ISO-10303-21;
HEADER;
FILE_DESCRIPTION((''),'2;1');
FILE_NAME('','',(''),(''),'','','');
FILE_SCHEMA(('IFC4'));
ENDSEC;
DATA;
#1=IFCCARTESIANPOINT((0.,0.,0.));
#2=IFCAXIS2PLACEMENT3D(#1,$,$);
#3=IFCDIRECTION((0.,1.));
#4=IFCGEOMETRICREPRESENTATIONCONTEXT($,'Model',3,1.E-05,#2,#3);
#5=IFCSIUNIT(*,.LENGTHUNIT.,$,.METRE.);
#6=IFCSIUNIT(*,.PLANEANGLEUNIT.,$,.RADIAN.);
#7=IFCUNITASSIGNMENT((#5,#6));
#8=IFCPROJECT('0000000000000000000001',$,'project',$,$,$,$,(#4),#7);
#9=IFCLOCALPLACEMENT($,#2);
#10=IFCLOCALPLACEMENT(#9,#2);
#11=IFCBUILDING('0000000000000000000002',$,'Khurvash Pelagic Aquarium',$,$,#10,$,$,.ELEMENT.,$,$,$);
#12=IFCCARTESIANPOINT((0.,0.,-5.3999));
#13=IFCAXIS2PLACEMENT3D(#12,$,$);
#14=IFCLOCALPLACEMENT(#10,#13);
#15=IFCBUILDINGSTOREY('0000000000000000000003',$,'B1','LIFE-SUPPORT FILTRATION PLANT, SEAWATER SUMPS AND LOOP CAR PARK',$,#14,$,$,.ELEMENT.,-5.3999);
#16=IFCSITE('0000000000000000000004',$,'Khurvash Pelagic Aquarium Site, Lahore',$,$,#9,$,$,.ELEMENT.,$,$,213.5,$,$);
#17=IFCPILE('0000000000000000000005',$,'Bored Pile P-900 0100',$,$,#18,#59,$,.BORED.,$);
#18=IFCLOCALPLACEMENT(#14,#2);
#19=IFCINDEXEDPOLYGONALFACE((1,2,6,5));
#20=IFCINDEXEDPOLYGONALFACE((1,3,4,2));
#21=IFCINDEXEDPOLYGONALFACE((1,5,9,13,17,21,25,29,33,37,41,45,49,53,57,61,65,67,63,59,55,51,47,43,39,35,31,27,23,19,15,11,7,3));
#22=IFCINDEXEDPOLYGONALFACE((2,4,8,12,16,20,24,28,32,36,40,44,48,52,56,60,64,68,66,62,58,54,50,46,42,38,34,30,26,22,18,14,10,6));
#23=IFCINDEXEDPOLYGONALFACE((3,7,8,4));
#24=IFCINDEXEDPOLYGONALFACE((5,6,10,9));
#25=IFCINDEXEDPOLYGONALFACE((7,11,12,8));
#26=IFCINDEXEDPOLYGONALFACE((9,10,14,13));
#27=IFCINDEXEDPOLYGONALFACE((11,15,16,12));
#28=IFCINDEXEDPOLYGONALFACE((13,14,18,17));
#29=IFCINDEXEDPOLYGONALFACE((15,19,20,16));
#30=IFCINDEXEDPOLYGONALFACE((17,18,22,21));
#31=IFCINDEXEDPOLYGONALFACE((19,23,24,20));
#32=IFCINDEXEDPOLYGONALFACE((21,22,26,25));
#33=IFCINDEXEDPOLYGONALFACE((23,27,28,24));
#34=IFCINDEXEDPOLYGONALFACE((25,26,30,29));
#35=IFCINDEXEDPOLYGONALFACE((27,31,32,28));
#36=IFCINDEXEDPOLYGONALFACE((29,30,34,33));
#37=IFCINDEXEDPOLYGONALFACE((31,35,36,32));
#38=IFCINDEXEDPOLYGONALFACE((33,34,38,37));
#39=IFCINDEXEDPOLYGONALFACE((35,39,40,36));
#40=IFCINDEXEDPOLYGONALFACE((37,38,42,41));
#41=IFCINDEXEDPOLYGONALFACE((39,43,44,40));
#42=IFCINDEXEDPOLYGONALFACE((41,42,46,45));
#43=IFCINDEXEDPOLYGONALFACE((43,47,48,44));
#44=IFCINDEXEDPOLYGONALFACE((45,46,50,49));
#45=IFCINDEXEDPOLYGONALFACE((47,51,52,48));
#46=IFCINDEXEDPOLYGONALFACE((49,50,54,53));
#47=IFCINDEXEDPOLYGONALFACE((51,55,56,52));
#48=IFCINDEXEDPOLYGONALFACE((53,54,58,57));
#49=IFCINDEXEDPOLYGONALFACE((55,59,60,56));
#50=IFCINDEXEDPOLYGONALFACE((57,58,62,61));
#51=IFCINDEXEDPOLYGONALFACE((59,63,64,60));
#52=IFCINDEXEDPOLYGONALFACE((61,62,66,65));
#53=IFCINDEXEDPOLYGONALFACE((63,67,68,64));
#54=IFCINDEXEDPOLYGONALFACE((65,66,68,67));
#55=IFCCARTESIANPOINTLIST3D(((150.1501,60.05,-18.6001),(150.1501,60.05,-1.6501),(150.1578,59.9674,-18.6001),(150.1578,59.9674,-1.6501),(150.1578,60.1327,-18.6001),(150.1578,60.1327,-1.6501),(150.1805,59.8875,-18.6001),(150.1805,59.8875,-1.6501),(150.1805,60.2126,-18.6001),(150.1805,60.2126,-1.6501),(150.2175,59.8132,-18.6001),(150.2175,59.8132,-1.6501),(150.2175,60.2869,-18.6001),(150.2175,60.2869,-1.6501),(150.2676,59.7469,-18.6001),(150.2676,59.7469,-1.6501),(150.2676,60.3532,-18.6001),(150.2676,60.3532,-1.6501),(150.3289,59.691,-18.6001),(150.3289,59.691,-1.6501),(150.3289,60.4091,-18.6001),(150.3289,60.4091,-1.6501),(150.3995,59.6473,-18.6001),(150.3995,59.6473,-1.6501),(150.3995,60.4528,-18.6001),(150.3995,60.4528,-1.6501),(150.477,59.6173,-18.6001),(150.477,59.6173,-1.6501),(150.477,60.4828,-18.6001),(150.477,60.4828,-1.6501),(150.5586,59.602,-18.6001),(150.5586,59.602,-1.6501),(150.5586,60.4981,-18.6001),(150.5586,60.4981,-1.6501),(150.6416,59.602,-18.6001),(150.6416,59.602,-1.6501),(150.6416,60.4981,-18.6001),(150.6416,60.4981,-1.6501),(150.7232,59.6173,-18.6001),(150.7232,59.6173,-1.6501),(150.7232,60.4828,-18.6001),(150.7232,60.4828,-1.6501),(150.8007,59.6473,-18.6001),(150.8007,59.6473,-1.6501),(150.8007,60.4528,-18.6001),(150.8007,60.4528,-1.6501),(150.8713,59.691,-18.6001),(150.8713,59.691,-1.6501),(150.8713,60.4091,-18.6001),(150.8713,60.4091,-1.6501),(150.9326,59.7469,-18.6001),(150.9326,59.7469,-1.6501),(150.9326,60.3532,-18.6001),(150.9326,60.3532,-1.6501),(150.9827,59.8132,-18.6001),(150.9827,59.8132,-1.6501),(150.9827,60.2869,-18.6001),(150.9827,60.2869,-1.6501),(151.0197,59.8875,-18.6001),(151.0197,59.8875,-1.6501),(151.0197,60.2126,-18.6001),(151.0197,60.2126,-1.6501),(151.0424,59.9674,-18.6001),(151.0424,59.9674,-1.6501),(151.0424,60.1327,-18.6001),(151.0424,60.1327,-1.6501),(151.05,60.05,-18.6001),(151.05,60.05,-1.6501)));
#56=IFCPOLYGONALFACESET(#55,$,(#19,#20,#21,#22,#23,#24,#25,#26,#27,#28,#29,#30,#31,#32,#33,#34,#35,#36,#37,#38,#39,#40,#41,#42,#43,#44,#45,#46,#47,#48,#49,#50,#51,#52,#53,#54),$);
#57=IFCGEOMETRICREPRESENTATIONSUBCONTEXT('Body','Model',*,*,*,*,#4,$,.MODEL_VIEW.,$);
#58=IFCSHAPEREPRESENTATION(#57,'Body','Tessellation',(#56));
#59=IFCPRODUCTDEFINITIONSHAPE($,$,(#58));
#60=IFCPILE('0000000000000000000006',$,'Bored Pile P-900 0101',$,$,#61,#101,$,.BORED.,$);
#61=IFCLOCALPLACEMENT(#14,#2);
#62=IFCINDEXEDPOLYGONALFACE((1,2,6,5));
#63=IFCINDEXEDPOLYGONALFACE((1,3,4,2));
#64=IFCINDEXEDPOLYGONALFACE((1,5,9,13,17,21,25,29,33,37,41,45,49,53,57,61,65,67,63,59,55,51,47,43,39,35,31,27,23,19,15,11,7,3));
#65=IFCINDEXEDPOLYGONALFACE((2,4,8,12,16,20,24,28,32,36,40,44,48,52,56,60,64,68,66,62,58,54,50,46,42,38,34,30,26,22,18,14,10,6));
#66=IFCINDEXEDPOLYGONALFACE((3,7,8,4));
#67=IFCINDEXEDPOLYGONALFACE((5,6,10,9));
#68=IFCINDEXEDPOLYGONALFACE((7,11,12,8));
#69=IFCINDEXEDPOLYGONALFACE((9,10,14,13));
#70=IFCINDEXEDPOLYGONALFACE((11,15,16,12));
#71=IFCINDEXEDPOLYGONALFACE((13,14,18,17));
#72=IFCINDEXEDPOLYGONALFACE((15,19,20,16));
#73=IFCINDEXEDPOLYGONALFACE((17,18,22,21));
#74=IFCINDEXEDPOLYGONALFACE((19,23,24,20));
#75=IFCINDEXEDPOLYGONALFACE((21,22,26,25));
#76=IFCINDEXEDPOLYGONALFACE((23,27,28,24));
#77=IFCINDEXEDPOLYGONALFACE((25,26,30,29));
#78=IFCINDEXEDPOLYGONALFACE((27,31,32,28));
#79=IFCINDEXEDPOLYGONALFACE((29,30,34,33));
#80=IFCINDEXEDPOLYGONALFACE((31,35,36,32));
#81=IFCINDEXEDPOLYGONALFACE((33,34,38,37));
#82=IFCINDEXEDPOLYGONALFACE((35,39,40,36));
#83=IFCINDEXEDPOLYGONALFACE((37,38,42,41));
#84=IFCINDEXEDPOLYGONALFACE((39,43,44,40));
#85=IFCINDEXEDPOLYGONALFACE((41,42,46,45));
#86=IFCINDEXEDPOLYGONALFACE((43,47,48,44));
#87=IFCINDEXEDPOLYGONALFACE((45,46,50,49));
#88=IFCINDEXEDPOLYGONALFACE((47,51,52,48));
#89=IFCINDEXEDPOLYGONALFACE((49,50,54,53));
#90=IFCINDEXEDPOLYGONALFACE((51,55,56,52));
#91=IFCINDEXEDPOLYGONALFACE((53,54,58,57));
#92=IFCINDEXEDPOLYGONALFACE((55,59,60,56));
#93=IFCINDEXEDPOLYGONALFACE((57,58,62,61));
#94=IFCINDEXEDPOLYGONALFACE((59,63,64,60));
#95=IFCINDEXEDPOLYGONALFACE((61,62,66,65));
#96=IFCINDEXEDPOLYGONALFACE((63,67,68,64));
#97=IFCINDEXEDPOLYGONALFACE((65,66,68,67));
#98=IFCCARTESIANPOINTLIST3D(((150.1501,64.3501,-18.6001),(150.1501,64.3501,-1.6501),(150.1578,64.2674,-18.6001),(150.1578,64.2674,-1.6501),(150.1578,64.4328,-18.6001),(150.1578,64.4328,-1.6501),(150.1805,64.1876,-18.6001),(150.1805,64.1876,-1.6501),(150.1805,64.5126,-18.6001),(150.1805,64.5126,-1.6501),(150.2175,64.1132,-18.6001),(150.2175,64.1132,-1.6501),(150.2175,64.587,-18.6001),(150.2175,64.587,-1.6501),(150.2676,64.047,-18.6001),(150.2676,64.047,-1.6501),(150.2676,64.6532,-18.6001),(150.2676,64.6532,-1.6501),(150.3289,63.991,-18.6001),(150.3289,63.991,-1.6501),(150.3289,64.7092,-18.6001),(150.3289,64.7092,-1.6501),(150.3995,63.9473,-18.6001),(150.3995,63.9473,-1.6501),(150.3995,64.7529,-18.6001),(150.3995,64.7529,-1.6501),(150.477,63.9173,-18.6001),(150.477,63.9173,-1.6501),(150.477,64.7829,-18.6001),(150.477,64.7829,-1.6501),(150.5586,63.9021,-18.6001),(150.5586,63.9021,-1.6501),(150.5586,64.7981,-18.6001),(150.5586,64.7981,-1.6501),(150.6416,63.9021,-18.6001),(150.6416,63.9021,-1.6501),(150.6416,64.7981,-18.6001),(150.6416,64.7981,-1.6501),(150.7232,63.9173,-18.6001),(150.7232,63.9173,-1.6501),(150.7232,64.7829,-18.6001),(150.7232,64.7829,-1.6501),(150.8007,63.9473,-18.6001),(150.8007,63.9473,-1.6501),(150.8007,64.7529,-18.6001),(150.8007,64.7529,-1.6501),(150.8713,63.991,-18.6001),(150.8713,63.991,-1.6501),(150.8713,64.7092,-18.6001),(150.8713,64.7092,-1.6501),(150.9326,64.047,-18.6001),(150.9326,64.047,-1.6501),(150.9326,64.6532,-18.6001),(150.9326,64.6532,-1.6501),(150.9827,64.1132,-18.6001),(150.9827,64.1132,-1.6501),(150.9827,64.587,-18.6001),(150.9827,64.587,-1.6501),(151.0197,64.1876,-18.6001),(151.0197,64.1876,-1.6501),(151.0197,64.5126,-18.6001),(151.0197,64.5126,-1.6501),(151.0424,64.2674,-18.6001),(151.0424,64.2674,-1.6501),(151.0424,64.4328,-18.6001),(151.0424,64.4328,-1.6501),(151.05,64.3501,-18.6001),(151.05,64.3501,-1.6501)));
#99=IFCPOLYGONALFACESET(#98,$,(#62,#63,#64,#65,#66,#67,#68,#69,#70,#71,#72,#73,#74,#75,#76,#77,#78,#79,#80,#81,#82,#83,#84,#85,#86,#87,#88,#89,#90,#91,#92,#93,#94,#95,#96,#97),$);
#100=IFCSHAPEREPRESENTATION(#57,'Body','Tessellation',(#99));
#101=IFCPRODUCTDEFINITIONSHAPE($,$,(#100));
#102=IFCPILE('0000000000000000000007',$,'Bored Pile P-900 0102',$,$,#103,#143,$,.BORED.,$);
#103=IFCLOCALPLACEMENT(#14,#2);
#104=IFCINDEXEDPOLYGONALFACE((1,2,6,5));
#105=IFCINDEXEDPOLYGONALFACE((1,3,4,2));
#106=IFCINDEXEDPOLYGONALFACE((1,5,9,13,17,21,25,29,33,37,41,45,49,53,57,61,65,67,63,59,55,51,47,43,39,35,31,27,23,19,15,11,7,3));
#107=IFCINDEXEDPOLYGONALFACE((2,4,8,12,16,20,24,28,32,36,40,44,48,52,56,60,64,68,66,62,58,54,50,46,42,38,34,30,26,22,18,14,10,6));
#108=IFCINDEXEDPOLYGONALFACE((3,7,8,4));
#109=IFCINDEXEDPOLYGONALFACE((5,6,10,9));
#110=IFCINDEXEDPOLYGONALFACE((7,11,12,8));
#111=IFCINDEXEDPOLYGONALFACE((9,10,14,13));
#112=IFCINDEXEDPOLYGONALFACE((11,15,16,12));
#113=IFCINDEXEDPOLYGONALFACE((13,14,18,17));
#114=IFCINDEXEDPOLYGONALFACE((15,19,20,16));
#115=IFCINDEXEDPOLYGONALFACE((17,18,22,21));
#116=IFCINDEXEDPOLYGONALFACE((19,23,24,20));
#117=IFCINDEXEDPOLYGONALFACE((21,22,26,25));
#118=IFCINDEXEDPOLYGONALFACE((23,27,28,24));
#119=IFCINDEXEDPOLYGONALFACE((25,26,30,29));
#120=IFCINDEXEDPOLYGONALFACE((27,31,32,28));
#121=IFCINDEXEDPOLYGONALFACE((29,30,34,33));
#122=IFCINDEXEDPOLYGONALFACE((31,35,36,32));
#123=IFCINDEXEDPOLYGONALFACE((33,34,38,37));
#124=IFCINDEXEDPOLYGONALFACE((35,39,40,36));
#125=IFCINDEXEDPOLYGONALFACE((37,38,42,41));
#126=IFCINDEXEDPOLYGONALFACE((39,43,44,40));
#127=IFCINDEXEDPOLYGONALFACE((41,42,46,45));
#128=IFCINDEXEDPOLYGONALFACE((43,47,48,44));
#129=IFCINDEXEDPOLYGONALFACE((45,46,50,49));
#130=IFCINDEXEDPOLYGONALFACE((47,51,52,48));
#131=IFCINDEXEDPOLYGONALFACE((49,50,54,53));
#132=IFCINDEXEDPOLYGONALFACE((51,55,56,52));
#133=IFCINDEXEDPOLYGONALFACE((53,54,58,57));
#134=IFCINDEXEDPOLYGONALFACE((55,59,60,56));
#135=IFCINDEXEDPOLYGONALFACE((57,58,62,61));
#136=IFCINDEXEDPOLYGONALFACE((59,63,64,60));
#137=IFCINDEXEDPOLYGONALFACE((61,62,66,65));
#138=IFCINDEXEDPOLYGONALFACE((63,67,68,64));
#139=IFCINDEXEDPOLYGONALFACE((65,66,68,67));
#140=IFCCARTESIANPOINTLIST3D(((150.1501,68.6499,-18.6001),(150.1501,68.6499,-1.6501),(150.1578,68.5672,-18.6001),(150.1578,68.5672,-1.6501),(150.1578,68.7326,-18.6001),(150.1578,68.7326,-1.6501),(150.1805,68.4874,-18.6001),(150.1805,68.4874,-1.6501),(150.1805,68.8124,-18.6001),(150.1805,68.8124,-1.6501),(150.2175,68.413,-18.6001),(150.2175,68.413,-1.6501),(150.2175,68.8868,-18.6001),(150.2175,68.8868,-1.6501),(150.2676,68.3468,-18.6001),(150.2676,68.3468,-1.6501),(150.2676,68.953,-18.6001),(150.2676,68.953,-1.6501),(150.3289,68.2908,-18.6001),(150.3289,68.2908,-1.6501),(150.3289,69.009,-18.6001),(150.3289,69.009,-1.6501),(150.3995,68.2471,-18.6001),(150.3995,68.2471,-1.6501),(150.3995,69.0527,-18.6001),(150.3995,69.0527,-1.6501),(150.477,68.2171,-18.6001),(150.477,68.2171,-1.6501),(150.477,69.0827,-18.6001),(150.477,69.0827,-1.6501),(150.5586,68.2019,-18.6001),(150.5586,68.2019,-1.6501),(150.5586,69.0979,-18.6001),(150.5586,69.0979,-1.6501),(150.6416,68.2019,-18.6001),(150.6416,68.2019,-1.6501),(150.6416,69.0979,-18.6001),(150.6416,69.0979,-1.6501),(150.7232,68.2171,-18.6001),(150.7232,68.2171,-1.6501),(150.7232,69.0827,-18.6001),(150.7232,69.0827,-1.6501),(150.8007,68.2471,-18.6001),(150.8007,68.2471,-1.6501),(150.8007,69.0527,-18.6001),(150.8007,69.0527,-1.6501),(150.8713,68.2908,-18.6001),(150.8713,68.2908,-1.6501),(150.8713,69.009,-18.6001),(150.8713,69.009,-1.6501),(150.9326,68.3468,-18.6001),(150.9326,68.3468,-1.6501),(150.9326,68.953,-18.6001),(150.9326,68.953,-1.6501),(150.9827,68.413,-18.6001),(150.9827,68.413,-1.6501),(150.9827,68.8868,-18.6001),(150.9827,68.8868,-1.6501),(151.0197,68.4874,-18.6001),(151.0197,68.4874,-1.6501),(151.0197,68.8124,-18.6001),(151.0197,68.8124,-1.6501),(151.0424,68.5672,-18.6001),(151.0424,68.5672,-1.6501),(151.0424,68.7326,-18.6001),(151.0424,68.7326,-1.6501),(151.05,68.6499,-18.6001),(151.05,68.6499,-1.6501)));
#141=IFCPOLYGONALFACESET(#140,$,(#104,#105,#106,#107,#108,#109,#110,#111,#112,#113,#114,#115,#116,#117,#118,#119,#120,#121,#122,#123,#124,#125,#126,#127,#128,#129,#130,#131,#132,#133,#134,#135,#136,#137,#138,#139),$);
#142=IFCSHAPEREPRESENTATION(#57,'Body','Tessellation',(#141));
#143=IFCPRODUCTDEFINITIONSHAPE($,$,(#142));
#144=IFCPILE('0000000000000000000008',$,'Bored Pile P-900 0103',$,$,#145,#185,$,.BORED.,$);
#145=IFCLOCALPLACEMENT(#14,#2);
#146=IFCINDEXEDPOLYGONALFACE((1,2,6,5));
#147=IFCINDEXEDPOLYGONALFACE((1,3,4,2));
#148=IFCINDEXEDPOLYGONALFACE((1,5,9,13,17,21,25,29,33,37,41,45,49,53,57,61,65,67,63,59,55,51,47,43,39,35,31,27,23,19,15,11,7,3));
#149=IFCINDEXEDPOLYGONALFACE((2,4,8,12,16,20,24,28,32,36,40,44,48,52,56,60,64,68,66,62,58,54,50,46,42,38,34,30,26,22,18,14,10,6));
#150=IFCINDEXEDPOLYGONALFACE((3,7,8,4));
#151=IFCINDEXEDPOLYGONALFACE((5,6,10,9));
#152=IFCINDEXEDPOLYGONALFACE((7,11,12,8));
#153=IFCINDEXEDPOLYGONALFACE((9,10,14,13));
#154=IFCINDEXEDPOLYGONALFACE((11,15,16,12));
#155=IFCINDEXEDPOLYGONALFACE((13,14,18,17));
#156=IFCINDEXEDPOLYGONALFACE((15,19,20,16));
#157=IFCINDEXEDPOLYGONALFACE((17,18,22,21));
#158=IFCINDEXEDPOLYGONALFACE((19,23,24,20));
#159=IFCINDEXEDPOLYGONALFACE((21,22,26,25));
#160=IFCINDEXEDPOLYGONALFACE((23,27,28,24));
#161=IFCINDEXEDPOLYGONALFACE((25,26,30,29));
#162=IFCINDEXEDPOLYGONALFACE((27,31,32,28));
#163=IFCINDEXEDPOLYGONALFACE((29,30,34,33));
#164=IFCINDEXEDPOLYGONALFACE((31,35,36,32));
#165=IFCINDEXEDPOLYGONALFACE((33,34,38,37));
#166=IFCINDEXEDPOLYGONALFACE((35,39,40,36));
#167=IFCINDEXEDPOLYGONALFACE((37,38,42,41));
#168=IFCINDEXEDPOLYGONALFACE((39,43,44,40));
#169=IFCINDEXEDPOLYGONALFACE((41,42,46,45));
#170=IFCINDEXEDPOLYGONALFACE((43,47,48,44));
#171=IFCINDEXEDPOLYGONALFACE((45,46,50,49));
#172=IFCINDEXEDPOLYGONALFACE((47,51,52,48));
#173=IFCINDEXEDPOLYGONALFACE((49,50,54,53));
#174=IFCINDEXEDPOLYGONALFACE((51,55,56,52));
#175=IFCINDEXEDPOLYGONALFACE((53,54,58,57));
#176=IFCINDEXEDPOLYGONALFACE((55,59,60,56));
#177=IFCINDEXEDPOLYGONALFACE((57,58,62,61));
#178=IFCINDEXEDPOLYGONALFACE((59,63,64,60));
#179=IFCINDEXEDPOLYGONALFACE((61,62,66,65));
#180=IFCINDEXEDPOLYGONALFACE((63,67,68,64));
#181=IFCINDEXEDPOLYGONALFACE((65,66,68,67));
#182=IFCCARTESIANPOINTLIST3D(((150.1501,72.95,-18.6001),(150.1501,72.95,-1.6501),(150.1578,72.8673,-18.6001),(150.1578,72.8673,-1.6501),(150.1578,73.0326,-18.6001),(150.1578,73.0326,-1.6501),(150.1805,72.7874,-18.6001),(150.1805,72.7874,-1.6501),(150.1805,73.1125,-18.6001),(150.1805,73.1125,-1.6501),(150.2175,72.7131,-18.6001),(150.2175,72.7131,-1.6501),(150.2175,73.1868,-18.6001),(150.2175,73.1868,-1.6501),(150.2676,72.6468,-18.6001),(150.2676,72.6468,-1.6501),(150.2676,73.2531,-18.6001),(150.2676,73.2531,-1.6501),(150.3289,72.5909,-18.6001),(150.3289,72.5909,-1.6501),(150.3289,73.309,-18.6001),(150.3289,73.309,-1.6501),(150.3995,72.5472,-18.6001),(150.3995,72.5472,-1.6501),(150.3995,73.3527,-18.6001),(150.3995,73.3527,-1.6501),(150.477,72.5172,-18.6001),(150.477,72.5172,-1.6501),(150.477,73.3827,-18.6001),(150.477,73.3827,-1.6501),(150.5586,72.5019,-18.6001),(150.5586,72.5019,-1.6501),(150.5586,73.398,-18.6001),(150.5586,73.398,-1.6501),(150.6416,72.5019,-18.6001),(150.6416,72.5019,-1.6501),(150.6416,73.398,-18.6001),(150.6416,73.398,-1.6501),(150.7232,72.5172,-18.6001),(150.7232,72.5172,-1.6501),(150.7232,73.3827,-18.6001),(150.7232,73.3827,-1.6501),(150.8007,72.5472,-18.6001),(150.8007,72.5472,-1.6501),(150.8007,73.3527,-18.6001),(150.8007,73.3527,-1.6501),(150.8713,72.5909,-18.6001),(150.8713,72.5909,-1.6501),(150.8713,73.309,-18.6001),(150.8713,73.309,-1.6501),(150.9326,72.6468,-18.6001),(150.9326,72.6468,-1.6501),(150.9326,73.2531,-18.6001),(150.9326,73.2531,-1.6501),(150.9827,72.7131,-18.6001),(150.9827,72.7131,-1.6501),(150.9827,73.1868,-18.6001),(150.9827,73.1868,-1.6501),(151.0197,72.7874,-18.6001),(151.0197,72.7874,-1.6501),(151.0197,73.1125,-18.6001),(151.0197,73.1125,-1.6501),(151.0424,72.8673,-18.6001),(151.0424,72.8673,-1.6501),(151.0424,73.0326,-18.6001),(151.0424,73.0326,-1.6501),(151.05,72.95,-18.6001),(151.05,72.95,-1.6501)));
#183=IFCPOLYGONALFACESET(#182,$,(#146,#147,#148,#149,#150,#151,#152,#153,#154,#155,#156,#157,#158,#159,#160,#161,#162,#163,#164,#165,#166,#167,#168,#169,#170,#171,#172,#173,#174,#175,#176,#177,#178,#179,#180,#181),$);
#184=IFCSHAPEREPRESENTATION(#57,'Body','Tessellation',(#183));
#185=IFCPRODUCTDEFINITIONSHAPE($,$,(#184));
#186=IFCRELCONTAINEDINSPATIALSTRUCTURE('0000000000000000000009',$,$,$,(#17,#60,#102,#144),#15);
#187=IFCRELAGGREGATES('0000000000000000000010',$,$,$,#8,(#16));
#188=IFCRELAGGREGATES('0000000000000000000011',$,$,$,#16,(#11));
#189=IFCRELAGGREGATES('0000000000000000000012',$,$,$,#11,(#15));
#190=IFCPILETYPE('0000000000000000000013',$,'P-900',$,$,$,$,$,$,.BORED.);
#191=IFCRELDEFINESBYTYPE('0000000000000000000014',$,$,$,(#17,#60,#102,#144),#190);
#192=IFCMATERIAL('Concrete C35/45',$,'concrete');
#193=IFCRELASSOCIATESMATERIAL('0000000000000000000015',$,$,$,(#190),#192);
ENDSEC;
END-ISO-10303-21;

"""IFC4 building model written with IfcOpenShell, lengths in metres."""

from ifc_helpers import new_model, si_unit, direction, frame, origin, origin_2d, place, context, subcontext, project, spatial, circle, extrude, material, material_profile, profile_set, type_object, element, save


model = new_model("IFC4")

# Units and contexts
model_context = context("Model", 3, precision=1e-05, world=origin(), true_north=direction((0.0, 1.0)))
body_context = subcontext(model_context, "Body", "Model", "MODEL_VIEW")
ifc_project = project(units=[si_unit("LENGTHUNIT", "METRE"), si_unit("PLANEANGLEUNIT", "RADIAN")], contexts=[model_context])

# Site, building, storey
site_placement = place(None, origin())
site = spatial("IfcSite", under=ifc_project, at=site_placement, Name="Khurvash Pelagic Aquarium Site, Lahore", CompositionType="ELEMENT", RefElevation=213.5)
building_placement = place(site_placement, origin())
building = spatial("IfcBuilding", under=site, at=building_placement, Name="Khurvash Pelagic Aquarium", CompositionType="ELEMENT")
storey_placement = place(building_placement, frame((0.0, 0.0, -5.3999)))
storey = spatial("IfcBuildingStorey", under=building, at=storey_placement, Name="B1", Description="LIFE-SUPPORT FILTRATION PLANT, SEAWATER SUMPS AND LOOP CAR PARK", CompositionType="ELEMENT", Elevation=-5.3999)

# Piles
ifc_material_1 = material(Name="Concrete C35/45", Category="concrete")
ifc_material_profile_1 = material_profile(ifc_material_1, circle(Radius=0.45, at=origin_2d()), Name="PILE900")
ifc_profile_set_1 = profile_set([ifc_material_profile_1], Name="Concrete C35/45")
pile_type = type_object("IfcPileType", Name="P-900", PredefinedType="BORED", material=ifc_profile_set_1)
for number, where, z_axis, x_axis, name in (
    (1, (150.6001, 60.05, -1.6501), (0.0, 0.0, -1.0), (1.0, 0.0, 0.0), "Bored Pile P-900 0100"),
    (2, (150.6001, 64.3501, -1.6501), (0.0, 0.0, -1.0), (1.0, 0.0, 0.0), "Bored Pile P-900 0101"),
    (3, (150.6001, 68.6499, -1.6501), (0.0, 0.0, -1.0), (1.0, 0.0, 0.0), "Bored Pile P-900 0102"),
    (4, (150.6001, 72.95, -1.6501), (0.0, 0.0, -1.0), (1.0, 0.0, 0.0), "Bored Pile P-900 0103"),
):
    element("IfcPile", number, at=place(storey_placement, frame(where, z_axis=z_axis, x_axis=x_axis)), inside=storey, type_object=pile_type, Name=name, PredefinedType="BORED", context=body_context, shape_type="SweptSolid", body=[
        extrude(circle(Radius=0.45, at=origin_2d()), origin(), (0.0, 0.0, 1.0), 16.95),
    ])

save(model, "model.ifc")
